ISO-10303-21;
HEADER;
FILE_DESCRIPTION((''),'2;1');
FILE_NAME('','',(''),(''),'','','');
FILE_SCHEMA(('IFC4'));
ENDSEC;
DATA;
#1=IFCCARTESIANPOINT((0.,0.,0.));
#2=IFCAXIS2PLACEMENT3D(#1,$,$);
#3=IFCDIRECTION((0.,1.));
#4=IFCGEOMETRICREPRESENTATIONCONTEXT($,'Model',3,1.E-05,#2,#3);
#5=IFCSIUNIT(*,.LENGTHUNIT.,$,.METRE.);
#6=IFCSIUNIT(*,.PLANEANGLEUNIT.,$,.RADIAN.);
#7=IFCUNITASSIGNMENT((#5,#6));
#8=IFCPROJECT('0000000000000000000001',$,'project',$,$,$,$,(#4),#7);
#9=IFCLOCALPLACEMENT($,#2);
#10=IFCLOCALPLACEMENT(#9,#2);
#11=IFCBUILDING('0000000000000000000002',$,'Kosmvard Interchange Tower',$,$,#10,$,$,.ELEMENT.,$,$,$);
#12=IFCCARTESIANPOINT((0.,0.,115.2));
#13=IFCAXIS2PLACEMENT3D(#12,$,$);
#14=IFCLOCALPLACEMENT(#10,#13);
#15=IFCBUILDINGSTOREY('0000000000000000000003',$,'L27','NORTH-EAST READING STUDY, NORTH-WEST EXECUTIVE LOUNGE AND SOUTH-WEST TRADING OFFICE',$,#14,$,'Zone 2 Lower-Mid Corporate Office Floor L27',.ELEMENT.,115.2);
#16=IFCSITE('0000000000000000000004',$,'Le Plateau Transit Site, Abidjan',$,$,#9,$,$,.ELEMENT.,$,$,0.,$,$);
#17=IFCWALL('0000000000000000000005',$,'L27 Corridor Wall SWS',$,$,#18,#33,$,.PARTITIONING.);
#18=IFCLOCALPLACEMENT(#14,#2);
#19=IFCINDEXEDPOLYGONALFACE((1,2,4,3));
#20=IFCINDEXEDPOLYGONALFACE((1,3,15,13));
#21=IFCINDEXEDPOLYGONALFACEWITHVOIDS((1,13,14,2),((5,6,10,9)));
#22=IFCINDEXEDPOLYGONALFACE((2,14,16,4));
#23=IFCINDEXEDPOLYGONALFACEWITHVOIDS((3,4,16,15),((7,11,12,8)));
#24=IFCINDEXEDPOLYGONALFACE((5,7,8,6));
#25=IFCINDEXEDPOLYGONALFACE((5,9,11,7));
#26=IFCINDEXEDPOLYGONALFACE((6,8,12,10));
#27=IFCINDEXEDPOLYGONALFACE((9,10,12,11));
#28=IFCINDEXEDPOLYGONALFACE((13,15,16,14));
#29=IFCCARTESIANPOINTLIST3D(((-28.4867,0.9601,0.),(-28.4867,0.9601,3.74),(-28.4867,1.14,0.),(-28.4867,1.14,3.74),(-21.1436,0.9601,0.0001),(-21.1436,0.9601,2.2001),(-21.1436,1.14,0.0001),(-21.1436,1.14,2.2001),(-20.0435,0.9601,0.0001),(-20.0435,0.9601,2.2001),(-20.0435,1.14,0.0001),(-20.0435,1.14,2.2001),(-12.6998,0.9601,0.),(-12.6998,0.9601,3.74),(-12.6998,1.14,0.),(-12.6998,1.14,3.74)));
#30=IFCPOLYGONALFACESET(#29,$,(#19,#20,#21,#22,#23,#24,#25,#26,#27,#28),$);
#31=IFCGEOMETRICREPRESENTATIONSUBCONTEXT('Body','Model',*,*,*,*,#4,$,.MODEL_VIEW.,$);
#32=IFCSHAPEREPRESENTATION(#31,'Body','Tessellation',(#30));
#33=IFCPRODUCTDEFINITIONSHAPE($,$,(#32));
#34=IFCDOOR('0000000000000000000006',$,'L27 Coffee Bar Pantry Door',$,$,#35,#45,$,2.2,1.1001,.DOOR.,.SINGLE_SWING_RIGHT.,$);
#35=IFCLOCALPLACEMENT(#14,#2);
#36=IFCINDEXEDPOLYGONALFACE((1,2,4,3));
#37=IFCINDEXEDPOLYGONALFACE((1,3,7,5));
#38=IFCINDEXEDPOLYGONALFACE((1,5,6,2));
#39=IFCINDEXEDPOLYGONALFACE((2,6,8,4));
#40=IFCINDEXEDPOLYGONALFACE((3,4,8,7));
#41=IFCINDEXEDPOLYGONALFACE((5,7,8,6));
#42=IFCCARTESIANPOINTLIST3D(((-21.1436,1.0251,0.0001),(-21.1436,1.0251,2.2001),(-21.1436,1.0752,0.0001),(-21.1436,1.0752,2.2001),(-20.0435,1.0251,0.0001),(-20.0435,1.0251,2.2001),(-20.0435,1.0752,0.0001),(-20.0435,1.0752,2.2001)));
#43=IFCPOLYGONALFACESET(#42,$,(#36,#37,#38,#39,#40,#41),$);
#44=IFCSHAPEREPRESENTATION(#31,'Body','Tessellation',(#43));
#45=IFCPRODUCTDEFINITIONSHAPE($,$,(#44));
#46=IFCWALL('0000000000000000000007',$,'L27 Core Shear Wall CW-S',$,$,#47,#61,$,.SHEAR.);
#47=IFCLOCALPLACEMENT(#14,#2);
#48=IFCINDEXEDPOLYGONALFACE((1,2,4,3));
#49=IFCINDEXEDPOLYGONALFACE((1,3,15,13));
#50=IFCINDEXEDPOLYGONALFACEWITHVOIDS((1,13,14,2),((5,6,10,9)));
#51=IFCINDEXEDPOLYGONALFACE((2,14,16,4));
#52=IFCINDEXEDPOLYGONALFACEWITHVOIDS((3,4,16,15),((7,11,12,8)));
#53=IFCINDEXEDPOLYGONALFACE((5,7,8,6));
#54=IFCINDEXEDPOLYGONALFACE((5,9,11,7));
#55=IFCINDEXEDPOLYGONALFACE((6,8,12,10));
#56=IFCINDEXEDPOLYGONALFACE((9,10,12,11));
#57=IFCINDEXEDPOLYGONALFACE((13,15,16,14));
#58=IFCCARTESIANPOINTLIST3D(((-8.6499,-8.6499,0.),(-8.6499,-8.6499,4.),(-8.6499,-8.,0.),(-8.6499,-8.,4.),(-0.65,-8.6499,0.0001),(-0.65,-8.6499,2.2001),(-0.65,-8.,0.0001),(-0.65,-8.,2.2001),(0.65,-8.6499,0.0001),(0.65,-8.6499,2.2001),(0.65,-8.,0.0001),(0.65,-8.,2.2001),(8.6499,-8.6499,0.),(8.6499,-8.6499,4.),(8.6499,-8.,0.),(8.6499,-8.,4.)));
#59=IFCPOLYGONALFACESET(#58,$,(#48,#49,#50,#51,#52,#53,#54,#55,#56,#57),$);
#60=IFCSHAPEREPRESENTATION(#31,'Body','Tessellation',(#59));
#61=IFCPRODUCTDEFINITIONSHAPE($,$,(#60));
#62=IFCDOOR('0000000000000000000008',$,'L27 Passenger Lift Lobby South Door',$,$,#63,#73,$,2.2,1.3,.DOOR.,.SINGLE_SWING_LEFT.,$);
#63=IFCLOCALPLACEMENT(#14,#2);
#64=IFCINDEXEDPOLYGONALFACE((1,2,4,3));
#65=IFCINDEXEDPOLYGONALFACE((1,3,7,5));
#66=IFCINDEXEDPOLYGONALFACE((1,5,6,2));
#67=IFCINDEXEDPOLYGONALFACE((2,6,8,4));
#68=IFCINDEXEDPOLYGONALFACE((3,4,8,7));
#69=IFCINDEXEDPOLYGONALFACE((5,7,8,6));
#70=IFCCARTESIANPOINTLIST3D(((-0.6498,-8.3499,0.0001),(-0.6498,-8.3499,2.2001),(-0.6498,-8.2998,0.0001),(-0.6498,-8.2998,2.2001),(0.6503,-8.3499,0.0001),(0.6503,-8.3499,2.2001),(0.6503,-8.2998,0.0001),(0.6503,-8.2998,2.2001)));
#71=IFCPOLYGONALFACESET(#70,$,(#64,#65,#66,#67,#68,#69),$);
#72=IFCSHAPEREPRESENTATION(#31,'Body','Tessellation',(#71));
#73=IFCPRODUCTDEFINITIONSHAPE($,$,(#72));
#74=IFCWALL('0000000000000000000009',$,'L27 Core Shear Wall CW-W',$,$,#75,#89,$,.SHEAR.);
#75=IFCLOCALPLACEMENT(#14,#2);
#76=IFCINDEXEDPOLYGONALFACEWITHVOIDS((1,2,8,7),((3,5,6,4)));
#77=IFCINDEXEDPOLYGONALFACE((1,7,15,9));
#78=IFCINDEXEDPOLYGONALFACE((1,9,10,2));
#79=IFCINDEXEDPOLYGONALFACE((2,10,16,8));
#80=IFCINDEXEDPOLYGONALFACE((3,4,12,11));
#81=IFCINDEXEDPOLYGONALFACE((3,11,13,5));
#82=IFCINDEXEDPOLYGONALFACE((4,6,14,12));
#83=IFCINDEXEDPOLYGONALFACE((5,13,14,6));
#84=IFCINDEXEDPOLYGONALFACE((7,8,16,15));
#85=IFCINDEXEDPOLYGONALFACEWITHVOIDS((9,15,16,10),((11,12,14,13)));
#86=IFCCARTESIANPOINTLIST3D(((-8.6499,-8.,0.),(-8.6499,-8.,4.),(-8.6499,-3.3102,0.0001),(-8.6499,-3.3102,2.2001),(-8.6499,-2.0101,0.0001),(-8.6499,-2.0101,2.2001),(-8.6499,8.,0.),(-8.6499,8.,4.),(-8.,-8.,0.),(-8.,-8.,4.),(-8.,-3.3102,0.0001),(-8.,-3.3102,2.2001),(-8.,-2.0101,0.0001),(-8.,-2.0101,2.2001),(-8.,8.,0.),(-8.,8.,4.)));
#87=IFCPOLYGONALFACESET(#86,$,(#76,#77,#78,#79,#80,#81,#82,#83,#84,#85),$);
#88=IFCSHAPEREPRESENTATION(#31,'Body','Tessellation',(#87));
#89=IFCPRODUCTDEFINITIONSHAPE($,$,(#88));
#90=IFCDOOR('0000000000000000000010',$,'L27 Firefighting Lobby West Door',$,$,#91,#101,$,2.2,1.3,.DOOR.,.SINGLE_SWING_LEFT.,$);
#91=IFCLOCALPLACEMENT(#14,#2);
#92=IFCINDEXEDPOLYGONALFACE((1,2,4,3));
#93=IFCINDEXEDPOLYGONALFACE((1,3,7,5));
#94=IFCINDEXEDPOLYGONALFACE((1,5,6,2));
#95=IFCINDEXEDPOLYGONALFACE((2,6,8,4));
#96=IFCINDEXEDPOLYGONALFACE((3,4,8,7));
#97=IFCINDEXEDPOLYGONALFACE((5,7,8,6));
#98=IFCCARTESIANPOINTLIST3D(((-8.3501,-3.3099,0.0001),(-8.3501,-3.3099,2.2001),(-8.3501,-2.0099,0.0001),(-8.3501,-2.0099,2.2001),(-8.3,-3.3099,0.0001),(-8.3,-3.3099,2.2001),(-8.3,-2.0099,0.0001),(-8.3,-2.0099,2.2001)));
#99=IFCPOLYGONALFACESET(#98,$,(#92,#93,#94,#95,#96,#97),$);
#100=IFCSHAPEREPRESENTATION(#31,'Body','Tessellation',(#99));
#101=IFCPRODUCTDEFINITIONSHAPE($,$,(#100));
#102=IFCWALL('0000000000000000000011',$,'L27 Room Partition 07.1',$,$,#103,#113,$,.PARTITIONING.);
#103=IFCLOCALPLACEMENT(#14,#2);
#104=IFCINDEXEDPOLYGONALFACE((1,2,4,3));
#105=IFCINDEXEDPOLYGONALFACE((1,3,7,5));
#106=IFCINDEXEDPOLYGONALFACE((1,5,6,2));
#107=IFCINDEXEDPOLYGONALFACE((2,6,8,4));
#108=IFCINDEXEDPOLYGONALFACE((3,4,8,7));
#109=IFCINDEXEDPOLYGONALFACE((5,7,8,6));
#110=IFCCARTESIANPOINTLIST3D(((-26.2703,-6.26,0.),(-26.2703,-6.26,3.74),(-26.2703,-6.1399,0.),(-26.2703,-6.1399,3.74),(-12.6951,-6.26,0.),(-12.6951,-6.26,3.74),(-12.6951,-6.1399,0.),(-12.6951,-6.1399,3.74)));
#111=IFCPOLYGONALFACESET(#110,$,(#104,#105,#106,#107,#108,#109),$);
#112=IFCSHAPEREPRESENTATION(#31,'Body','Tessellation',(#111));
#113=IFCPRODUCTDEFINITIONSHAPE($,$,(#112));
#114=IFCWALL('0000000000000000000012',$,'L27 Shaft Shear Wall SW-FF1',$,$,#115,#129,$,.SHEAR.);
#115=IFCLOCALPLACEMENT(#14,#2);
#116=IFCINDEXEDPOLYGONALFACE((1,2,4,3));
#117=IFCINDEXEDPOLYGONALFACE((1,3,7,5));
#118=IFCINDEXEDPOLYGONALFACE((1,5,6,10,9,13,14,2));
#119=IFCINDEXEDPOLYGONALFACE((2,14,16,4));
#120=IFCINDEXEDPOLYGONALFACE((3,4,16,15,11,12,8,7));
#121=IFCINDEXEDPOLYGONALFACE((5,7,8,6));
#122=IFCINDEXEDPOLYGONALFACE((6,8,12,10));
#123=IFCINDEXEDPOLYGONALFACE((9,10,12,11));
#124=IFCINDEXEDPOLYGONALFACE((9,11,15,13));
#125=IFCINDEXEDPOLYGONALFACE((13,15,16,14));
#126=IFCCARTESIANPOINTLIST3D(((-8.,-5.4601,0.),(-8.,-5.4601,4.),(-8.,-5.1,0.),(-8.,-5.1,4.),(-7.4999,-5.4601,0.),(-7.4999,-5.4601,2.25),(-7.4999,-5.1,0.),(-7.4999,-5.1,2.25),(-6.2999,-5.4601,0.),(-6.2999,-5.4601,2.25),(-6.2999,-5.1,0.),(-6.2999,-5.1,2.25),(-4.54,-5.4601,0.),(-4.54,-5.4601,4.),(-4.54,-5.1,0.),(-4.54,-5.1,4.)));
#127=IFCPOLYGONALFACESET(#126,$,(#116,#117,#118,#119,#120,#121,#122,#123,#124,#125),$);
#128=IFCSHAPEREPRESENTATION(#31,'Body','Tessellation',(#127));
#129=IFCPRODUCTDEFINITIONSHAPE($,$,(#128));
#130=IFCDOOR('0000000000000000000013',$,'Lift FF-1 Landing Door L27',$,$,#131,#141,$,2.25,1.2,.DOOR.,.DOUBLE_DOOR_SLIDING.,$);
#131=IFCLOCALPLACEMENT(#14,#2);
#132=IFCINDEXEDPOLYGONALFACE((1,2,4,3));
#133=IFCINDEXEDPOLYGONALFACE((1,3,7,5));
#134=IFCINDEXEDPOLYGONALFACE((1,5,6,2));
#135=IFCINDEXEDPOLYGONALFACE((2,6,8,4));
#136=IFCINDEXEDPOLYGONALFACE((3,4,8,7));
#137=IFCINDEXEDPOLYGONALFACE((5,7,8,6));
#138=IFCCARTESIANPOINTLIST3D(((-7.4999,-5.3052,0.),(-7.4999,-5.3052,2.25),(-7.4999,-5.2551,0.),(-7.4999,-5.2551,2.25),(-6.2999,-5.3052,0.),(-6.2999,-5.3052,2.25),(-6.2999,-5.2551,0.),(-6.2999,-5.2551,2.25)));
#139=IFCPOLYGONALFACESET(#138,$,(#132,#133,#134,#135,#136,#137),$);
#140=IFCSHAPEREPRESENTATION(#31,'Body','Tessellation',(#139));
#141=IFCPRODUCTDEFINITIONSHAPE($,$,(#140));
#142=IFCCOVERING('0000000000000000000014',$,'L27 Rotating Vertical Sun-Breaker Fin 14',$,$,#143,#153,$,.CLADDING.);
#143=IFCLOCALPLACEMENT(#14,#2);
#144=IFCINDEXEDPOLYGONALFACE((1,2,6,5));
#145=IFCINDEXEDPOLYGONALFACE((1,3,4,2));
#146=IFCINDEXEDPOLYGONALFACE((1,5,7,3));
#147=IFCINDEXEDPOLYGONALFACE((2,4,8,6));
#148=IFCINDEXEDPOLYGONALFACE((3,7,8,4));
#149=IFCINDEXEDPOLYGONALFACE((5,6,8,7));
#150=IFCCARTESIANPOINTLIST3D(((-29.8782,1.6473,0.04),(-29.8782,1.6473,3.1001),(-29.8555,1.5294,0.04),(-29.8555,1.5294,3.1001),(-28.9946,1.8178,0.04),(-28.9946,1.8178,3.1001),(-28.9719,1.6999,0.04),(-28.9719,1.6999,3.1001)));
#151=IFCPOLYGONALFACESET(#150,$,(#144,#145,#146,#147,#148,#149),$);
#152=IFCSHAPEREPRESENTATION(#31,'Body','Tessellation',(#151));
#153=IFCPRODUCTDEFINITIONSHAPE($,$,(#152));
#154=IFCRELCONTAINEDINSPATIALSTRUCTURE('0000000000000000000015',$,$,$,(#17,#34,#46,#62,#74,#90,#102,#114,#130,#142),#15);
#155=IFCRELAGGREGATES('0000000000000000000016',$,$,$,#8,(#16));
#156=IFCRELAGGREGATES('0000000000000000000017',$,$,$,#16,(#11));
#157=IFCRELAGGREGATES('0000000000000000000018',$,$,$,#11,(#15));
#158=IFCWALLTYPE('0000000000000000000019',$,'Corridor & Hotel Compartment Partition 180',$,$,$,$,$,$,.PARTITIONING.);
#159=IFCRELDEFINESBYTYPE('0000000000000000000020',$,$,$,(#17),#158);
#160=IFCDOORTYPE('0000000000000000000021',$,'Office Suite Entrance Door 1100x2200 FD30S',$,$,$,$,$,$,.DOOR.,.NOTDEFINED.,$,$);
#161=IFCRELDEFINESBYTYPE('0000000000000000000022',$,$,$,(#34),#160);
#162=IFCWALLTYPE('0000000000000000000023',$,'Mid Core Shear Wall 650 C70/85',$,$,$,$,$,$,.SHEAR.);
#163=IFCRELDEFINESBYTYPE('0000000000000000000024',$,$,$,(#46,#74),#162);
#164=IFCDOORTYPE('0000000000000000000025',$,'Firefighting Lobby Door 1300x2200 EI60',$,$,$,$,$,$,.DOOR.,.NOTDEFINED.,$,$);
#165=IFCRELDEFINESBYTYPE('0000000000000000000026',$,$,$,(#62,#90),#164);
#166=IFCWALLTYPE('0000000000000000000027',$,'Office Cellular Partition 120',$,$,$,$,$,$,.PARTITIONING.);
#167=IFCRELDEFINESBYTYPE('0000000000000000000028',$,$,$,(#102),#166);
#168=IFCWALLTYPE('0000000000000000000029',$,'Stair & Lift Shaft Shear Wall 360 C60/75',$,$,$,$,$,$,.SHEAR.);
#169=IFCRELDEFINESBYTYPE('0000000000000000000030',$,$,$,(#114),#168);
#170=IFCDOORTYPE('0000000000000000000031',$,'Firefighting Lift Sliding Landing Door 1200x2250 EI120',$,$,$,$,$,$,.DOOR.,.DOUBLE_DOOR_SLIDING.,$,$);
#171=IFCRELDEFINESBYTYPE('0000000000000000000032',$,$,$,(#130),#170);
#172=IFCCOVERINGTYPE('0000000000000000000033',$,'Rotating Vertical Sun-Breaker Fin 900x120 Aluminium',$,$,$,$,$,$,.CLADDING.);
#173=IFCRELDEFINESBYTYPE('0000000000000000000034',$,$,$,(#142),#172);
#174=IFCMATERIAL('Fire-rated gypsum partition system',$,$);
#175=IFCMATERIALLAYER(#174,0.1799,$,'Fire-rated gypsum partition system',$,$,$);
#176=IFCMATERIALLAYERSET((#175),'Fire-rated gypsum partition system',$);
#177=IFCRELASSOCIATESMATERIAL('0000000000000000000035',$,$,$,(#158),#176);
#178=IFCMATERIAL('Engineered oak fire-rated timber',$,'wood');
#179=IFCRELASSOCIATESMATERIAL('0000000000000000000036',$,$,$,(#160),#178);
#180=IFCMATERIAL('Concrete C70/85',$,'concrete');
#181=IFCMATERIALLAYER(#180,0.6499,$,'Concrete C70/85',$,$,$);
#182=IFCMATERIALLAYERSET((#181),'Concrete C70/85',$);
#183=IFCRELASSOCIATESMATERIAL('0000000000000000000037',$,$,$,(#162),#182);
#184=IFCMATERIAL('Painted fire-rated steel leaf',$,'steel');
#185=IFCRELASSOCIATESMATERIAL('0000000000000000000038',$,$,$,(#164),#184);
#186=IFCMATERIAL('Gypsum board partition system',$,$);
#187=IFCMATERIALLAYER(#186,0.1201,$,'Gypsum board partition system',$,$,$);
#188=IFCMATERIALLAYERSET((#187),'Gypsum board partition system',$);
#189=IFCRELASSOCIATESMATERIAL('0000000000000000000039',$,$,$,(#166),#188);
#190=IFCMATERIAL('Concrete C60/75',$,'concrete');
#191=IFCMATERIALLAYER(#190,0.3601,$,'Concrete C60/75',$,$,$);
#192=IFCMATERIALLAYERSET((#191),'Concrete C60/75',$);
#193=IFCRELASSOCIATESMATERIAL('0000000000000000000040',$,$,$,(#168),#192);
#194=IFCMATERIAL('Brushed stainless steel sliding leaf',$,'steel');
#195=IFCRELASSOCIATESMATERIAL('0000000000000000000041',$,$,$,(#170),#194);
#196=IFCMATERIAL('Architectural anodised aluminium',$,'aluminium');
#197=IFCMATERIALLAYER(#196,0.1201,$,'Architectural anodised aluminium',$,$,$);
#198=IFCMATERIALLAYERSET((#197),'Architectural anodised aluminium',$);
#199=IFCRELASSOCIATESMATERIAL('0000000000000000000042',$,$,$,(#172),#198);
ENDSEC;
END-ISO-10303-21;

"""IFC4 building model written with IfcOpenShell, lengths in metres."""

from ifc_helpers import new_model, si_unit, direction, frame, frame_2d, origin, origin_2d, place, context, subcontext, project, spatial, rectangle, extrude, source, transform, mapped, material, layer, layer_set, type_object, element, fill, save


model = new_model("IFC4")

# Units and contexts
model_context = context("Model", 3, precision=1e-05, world=origin(), true_north=direction((0.0, 1.0)))
body_context = subcontext(model_context, "Body", "Model", "MODEL_VIEW")
ifc_project = project(units=[si_unit("LENGTHUNIT", "METRE"), si_unit("PLANEANGLEUNIT", "RADIAN")], contexts=[model_context])

# Site, building, storey
site_placement = place(None, origin())
site = spatial("IfcSite", under=ifc_project, at=site_placement, Name="Le Plateau Transit Site, Abidjan", CompositionType="ELEMENT", RefElevation=0.0)
building_placement = place(site_placement, origin())
building = spatial("IfcBuilding", under=site, at=building_placement, Name="Kosmvard Interchange Tower", CompositionType="ELEMENT")
storey_placement = place(building_placement, frame((0.0, 0.0, 115.2)))
storey = spatial("IfcBuildingStorey", under=building, at=storey_placement, Name="L27", Description="NORTH-EAST READING STUDY, NORTH-WEST EXECUTIVE LOUNGE AND SOUTH-WEST TRADING OFFICE", LongName="Zone 2 Lower-Mid Corporate Office Floor L27", CompositionType="ELEMENT", Elevation=115.2)

# Shared definitions
ifc_material_1 = material(Name="Concrete C60/75", Category="concrete")

# Shared definitions
ifc_material_2 = material(Name="Fire-rated gypsum partition system")
ifc_layer_1 = layer(ifc_material_2, 0.1799, Name="Fire-rated gypsum partition system")
ifc_layer_set_1 = layer_set([ifc_layer_1], Name="Fire-rated gypsum partition system")
wall_type_1 = type_object("IfcWallType", Name="Corridor & Hotel Compartment Partition 180", PredefinedType="PARTITIONING", material=ifc_layer_set_1)
ifc_material_3 = material(Name="Engineered oak fire-rated timber", Category="wood")
door_type_1 = type_object("IfcDoorType", Name="Office Suite Entrance Door 1100x2200 FD30S", OperationType="NOTDEFINED", PredefinedType="DOOR", material=ifc_material_3)
shared_shape_1 = source(origin(), body_context, "Body", "SweptSolid", [
    extrude(rectangle(XDim=1.1001, YDim=2.2, at=frame_2d((0.55, 1.1001))), frame((0.0, 0.0249, 0.0), z_axis=(0.0, -1.0, 0.0), x_axis=(1.0, 0.0, 0.0)), (0.0, 0.0, 1.0), 0.05),
])

# Walls, openings, doors
wall_1_placement = place(storey_placement, frame((-28.4868, 1.05, 0.0), z_axis=(0.0, 0.0, 1.0), x_axis=(1.0, 0.0, 0.0)))
wall_1 = element("IfcWall", 1, at=wall_1_placement, inside=storey, type_object=wall_type_1, Name="L27 Corridor Wall SWS", PredefinedType="PARTITIONING", context=body_context, shape_type="SweptSolid", body=[
    extrude(rectangle(XDim=15.7869, YDim=0.1799, at=frame_2d((7.8936, 0.0))), origin(), (0.0, 0.0, 1.0), 3.74),
])
opening_1_placement = place(wall_1_placement, frame((7.3433, 0.0, 0.0)))
opening_1 = element("IfcOpeningElement", 2, at=opening_1_placement, cuts=wall_1, PredefinedType="OPENING", context=body_context, shape_type="SweptSolid", body=[
    extrude(rectangle(XDim=1.1001, YDim=2.2, at=frame_2d((0.55, 1.1001))), frame((0.0, 0.1001, 0.0), z_axis=(0.0, -1.0, 0.0), x_axis=(1.0, 0.0, 0.0)), (0.0, 0.0, 1.0), 0.2),
])
door_1_placement = place(opening_1_placement, frame((1.1001, 0.0, 0.0), z_axis=(0.0, 0.0, 1.0), x_axis=(-1.0, 0.0, 0.0)))
door_1 = element("IfcDoor", 3, at=door_1_placement, inside=storey, type_object=door_type_1, Name="L27 Coffee Bar Pantry Door", OperationType="SINGLE_SWING_RIGHT", OverallHeight=2.2, OverallWidth=1.1001, PredefinedType="DOOR", context=body_context, shape_type="MappedRepresentation", body=[
    mapped(shared_shape_1, transform((0.0, 0.0, 0.0), scale=1.0)),
])
fill(opening_1, door_1)
ifc_material_4 = material(Name="Concrete C70/85", Category="concrete")
ifc_layer_2 = layer(ifc_material_4, 0.6499, Name="Concrete C70/85")
ifc_layer_set_2 = layer_set([ifc_layer_2], Name="Concrete C70/85")
wall_type_2 = type_object("IfcWallType", Name="Mid Core Shear Wall 650 C70/85", PredefinedType="SHEAR", material=ifc_layer_set_2)
wall_2_placement = place(storey_placement, frame((-8.6499, -8.325, 0.0), z_axis=(0.0, 0.0, 1.0), x_axis=(1.0, 0.0, 0.0)))
wall_2 = element("IfcWall", 4, at=wall_2_placement, inside=storey, type_object=wall_type_2, Name="L27 Core Shear Wall CW-S", PredefinedType="SHEAR", context=body_context, shape_type="SweptSolid", body=[
    extrude(rectangle(XDim=17.2998, YDim=0.6499, at=frame_2d((8.6499, 0.0))), origin(), (0.0, 0.0, 1.0), 4.0),
])
opening_2_placement = place(wall_2_placement, frame((8.0, 0.0, 0.0)))
opening_2 = element("IfcOpeningElement", 5, at=opening_2_placement, cuts=wall_2, PredefinedType="OPENING", context=body_context, shape_type="SweptSolid", body=[
    extrude(rectangle(XDim=1.3, YDim=2.2, at=frame_2d((0.6499, 1.1001))), frame((0.0, 0.335, 0.0), z_axis=(0.0, -1.0, 0.0), x_axis=(1.0, 0.0, 0.0)), (0.0, 0.0, 1.0), 0.6699),
])
ifc_material_5 = material(Name="Painted fire-rated steel leaf", Category="steel")
door_type_2 = type_object("IfcDoorType", Name="Firefighting Lobby Door 1300x2200 EI60", OperationType="NOTDEFINED", PredefinedType="DOOR", material=ifc_material_5)
shared_shape_2 = source(origin(), body_context, "Body", "SweptSolid", [
    extrude(rectangle(XDim=1.3, YDim=2.2, at=frame_2d((0.6499, 1.1001))), frame((0.0, 0.0249, 0.0), z_axis=(0.0, -1.0, 0.0), x_axis=(1.0, 0.0, 0.0)), (0.0, 0.0, 1.0), 0.05),
])
door_2_placement = place(opening_2_placement, frame((1.3, 0.0, 0.0), z_axis=(0.0, 0.0, 1.0), x_axis=(-1.0, 0.0, 0.0)))
door_2 = element("IfcDoor", 6, at=door_2_placement, inside=storey, type_object=door_type_2, Name="L27 Passenger Lift Lobby South Door", OperationType="SINGLE_SWING_LEFT", OverallHeight=2.2, OverallWidth=1.3, PredefinedType="DOOR", context=body_context, shape_type="MappedRepresentation", body=[
    mapped(shared_shape_2, transform((0.0, 0.0, 0.0), scale=1.0)),
])
fill(opening_2, door_2)
wall_3_placement = place(storey_placement, frame((-8.325, -8.0, 0.0), z_axis=(0.0, 0.0, 1.0), x_axis=(0.0, 1.0, 0.0)))
wall_3 = element("IfcWall", 7, at=wall_3_placement, inside=storey, type_object=wall_type_2, Name="L27 Core Shear Wall CW-W", PredefinedType="SHEAR", context=body_context, shape_type="SweptSolid", body=[
    extrude(rectangle(XDim=16.0, YDim=0.6499, at=frame_2d((8.0, 0.0))), origin(), (0.0, 0.0, 1.0), 4.0),
])
opening_3_placement = place(wall_3_placement, frame((4.6899, 0.0, 0.0)))
opening_3 = element("IfcOpeningElement", 8, at=opening_3_placement, cuts=wall_3, PredefinedType="OPENING", context=body_context, shape_type="SweptSolid", body=[
    extrude(rectangle(XDim=1.3, YDim=2.2, at=frame_2d((0.6499, 1.1001))), frame((0.0, 0.335, 0.0), z_axis=(0.0, -1.0, 0.0), x_axis=(1.0, 0.0, 0.0)), (0.0, 0.0, 1.0), 0.6699),
])
door_3_placement = place(opening_3_placement, frame((1.3, 0.0, 0.0), z_axis=(0.0, 0.0, 1.0), x_axis=(-1.0, 0.0, 0.0)))
door_3 = element("IfcDoor", 9, at=door_3_placement, inside=storey, type_object=door_type_2, Name="L27 Firefighting Lobby West Door", OperationType="SINGLE_SWING_LEFT", OverallHeight=2.2, OverallWidth=1.3, PredefinedType="DOOR", context=body_context, shape_type="MappedRepresentation", body=[
    mapped(shared_shape_2, transform((0.0, 0.0, 0.0), scale=1.0)),
])
fill(opening_3, door_3)

# Wall
ifc_material_6 = material(Name="Gypsum board partition system")
ifc_layer_3 = layer(ifc_material_6, 0.1201, Name="Gypsum board partition system")
ifc_layer_set_3 = layer_set([ifc_layer_3], Name="Gypsum board partition system")
wall_type_3 = type_object("IfcWallType", Name="Office Cellular Partition 120", PredefinedType="PARTITIONING", material=ifc_layer_set_3)
wall_4_placement = place(storey_placement, frame((-26.2703, -6.2, 0.0), z_axis=(0.0, 0.0, 1.0), x_axis=(1.0, 0.0, 0.0)))
element("IfcWall", 10, at=wall_4_placement, inside=storey, type_object=wall_type_3, Name="L27 Room Partition 07.1", PredefinedType="PARTITIONING", context=body_context, shape_type="SweptSolid", body=[
    extrude(rectangle(XDim=13.5752, YDim=0.1201, at=frame_2d((6.7876, 0.0))), origin(), (0.0, 0.0, 1.0), 3.74),
])

# Wall, opening, door
ifc_layer_4 = layer(ifc_material_1, 0.3601, Name="Concrete C60/75")
ifc_layer_set_4 = layer_set([ifc_layer_4], Name="Concrete C60/75")
wall_type_4 = type_object("IfcWallType", Name="Stair & Lift Shaft Shear Wall 360 C60/75", PredefinedType="SHEAR", material=ifc_layer_set_4)
wall_5_placement = place(storey_placement, frame((-8.0, -5.28, 0.0), z_axis=(0.0, 0.0, 1.0), x_axis=(1.0, 0.0, 0.0)))
wall_5 = element("IfcWall", 11, at=wall_5_placement, inside=storey, type_object=wall_type_4, Name="L27 Shaft Shear Wall SW-FF1", PredefinedType="SHEAR", context=body_context, shape_type="SweptSolid", body=[
    extrude(rectangle(XDim=3.46, YDim=0.3601, at=frame_2d((1.73, 0.0))), origin(), (0.0, 0.0, 1.0), 4.0),
])
opening_4_placement = place(wall_5_placement, frame((0.5, 0.0, 0.0)))
opening_4 = element("IfcOpeningElement", 12, at=opening_4_placement, cuts=wall_5, PredefinedType="OPENING", context=body_context, shape_type="SweptSolid", body=[
    extrude(rectangle(XDim=1.2, YDim=2.25, at=frame_2d((0.6001, 1.125))), frame((0.0, 0.1899, 0.0), z_axis=(0.0, -1.0, 0.0), x_axis=(1.0, 0.0, 0.0)), (0.0, 0.0, 1.0), 0.3801),
])
ifc_material_7 = material(Name="Brushed stainless steel sliding leaf", Category="steel")
door_type_3 = type_object("IfcDoorType", Name="Firefighting Lift Sliding Landing Door 1200x2250 EI120", OperationType="DOUBLE_DOOR_SLIDING", PredefinedType="DOOR", material=ifc_material_7)
shared_shape_3 = source(origin(), body_context, "Body", "SweptSolid", [
    extrude(rectangle(XDim=1.2, YDim=2.25, at=frame_2d((0.6001, 1.125))), frame((0.0, 0.0249, 0.0), z_axis=(0.0, -1.0, 0.0), x_axis=(1.0, 0.0, 0.0)), (0.0, 0.0, 1.0), 0.05),
])
door_4_placement = place(opening_4_placement, origin())
door_4 = element("IfcDoor", 13, at=door_4_placement, inside=storey, type_object=door_type_3, Name="Lift FF-1 Landing Door L27", OperationType="DOUBLE_DOOR_SLIDING", OverallHeight=2.25, OverallWidth=1.2, PredefinedType="DOOR", context=body_context, shape_type="MappedRepresentation", body=[
    mapped(shared_shape_3, transform((0.0, 0.0, 0.0), scale=1.0)),
])
fill(opening_4, door_4)

# Covering
ifc_material_8 = material(Name="Architectural anodised aluminium", Category="aluminium")
ifc_layer_5 = layer(ifc_material_8, 0.1201, Name="Architectural anodised aluminium")
ifc_layer_set_5 = layer_set([ifc_layer_5], Name="Architectural anodised aluminium")
covering_type = type_object("IfcCoveringType", Name="Rotating Vertical Sun-Breaker Fin 900x120 Aluminium", PredefinedType="CLADDING", material=ifc_layer_set_5)
shared_shape_4 = source(origin(), body_context, "Body", "SweptSolid", [
    extrude(rectangle(XDim=0.8999, YDim=0.1201, at=origin_2d()), origin(), (0.0, 0.0, 1.0), 3.0601),
])
covering_placement = place(storey_placement, frame((-29.425, 1.6736, 0.04), z_axis=(0.0, 0.0, 1.0), x_axis=(-0.981893, -0.189438, 0.0)))
element("IfcCovering", 14, at=covering_placement, inside=storey, type_object=covering_type, Name="L27 Rotating Vertical Sun-Breaker Fin 14", PredefinedType="CLADDING", context=body_context, shape_type="MappedRepresentation", body=[
    mapped(shared_shape_4, transform((0.0, 0.0, 0.0), scale=1.0)),
])

save(model, "model.ifc")
